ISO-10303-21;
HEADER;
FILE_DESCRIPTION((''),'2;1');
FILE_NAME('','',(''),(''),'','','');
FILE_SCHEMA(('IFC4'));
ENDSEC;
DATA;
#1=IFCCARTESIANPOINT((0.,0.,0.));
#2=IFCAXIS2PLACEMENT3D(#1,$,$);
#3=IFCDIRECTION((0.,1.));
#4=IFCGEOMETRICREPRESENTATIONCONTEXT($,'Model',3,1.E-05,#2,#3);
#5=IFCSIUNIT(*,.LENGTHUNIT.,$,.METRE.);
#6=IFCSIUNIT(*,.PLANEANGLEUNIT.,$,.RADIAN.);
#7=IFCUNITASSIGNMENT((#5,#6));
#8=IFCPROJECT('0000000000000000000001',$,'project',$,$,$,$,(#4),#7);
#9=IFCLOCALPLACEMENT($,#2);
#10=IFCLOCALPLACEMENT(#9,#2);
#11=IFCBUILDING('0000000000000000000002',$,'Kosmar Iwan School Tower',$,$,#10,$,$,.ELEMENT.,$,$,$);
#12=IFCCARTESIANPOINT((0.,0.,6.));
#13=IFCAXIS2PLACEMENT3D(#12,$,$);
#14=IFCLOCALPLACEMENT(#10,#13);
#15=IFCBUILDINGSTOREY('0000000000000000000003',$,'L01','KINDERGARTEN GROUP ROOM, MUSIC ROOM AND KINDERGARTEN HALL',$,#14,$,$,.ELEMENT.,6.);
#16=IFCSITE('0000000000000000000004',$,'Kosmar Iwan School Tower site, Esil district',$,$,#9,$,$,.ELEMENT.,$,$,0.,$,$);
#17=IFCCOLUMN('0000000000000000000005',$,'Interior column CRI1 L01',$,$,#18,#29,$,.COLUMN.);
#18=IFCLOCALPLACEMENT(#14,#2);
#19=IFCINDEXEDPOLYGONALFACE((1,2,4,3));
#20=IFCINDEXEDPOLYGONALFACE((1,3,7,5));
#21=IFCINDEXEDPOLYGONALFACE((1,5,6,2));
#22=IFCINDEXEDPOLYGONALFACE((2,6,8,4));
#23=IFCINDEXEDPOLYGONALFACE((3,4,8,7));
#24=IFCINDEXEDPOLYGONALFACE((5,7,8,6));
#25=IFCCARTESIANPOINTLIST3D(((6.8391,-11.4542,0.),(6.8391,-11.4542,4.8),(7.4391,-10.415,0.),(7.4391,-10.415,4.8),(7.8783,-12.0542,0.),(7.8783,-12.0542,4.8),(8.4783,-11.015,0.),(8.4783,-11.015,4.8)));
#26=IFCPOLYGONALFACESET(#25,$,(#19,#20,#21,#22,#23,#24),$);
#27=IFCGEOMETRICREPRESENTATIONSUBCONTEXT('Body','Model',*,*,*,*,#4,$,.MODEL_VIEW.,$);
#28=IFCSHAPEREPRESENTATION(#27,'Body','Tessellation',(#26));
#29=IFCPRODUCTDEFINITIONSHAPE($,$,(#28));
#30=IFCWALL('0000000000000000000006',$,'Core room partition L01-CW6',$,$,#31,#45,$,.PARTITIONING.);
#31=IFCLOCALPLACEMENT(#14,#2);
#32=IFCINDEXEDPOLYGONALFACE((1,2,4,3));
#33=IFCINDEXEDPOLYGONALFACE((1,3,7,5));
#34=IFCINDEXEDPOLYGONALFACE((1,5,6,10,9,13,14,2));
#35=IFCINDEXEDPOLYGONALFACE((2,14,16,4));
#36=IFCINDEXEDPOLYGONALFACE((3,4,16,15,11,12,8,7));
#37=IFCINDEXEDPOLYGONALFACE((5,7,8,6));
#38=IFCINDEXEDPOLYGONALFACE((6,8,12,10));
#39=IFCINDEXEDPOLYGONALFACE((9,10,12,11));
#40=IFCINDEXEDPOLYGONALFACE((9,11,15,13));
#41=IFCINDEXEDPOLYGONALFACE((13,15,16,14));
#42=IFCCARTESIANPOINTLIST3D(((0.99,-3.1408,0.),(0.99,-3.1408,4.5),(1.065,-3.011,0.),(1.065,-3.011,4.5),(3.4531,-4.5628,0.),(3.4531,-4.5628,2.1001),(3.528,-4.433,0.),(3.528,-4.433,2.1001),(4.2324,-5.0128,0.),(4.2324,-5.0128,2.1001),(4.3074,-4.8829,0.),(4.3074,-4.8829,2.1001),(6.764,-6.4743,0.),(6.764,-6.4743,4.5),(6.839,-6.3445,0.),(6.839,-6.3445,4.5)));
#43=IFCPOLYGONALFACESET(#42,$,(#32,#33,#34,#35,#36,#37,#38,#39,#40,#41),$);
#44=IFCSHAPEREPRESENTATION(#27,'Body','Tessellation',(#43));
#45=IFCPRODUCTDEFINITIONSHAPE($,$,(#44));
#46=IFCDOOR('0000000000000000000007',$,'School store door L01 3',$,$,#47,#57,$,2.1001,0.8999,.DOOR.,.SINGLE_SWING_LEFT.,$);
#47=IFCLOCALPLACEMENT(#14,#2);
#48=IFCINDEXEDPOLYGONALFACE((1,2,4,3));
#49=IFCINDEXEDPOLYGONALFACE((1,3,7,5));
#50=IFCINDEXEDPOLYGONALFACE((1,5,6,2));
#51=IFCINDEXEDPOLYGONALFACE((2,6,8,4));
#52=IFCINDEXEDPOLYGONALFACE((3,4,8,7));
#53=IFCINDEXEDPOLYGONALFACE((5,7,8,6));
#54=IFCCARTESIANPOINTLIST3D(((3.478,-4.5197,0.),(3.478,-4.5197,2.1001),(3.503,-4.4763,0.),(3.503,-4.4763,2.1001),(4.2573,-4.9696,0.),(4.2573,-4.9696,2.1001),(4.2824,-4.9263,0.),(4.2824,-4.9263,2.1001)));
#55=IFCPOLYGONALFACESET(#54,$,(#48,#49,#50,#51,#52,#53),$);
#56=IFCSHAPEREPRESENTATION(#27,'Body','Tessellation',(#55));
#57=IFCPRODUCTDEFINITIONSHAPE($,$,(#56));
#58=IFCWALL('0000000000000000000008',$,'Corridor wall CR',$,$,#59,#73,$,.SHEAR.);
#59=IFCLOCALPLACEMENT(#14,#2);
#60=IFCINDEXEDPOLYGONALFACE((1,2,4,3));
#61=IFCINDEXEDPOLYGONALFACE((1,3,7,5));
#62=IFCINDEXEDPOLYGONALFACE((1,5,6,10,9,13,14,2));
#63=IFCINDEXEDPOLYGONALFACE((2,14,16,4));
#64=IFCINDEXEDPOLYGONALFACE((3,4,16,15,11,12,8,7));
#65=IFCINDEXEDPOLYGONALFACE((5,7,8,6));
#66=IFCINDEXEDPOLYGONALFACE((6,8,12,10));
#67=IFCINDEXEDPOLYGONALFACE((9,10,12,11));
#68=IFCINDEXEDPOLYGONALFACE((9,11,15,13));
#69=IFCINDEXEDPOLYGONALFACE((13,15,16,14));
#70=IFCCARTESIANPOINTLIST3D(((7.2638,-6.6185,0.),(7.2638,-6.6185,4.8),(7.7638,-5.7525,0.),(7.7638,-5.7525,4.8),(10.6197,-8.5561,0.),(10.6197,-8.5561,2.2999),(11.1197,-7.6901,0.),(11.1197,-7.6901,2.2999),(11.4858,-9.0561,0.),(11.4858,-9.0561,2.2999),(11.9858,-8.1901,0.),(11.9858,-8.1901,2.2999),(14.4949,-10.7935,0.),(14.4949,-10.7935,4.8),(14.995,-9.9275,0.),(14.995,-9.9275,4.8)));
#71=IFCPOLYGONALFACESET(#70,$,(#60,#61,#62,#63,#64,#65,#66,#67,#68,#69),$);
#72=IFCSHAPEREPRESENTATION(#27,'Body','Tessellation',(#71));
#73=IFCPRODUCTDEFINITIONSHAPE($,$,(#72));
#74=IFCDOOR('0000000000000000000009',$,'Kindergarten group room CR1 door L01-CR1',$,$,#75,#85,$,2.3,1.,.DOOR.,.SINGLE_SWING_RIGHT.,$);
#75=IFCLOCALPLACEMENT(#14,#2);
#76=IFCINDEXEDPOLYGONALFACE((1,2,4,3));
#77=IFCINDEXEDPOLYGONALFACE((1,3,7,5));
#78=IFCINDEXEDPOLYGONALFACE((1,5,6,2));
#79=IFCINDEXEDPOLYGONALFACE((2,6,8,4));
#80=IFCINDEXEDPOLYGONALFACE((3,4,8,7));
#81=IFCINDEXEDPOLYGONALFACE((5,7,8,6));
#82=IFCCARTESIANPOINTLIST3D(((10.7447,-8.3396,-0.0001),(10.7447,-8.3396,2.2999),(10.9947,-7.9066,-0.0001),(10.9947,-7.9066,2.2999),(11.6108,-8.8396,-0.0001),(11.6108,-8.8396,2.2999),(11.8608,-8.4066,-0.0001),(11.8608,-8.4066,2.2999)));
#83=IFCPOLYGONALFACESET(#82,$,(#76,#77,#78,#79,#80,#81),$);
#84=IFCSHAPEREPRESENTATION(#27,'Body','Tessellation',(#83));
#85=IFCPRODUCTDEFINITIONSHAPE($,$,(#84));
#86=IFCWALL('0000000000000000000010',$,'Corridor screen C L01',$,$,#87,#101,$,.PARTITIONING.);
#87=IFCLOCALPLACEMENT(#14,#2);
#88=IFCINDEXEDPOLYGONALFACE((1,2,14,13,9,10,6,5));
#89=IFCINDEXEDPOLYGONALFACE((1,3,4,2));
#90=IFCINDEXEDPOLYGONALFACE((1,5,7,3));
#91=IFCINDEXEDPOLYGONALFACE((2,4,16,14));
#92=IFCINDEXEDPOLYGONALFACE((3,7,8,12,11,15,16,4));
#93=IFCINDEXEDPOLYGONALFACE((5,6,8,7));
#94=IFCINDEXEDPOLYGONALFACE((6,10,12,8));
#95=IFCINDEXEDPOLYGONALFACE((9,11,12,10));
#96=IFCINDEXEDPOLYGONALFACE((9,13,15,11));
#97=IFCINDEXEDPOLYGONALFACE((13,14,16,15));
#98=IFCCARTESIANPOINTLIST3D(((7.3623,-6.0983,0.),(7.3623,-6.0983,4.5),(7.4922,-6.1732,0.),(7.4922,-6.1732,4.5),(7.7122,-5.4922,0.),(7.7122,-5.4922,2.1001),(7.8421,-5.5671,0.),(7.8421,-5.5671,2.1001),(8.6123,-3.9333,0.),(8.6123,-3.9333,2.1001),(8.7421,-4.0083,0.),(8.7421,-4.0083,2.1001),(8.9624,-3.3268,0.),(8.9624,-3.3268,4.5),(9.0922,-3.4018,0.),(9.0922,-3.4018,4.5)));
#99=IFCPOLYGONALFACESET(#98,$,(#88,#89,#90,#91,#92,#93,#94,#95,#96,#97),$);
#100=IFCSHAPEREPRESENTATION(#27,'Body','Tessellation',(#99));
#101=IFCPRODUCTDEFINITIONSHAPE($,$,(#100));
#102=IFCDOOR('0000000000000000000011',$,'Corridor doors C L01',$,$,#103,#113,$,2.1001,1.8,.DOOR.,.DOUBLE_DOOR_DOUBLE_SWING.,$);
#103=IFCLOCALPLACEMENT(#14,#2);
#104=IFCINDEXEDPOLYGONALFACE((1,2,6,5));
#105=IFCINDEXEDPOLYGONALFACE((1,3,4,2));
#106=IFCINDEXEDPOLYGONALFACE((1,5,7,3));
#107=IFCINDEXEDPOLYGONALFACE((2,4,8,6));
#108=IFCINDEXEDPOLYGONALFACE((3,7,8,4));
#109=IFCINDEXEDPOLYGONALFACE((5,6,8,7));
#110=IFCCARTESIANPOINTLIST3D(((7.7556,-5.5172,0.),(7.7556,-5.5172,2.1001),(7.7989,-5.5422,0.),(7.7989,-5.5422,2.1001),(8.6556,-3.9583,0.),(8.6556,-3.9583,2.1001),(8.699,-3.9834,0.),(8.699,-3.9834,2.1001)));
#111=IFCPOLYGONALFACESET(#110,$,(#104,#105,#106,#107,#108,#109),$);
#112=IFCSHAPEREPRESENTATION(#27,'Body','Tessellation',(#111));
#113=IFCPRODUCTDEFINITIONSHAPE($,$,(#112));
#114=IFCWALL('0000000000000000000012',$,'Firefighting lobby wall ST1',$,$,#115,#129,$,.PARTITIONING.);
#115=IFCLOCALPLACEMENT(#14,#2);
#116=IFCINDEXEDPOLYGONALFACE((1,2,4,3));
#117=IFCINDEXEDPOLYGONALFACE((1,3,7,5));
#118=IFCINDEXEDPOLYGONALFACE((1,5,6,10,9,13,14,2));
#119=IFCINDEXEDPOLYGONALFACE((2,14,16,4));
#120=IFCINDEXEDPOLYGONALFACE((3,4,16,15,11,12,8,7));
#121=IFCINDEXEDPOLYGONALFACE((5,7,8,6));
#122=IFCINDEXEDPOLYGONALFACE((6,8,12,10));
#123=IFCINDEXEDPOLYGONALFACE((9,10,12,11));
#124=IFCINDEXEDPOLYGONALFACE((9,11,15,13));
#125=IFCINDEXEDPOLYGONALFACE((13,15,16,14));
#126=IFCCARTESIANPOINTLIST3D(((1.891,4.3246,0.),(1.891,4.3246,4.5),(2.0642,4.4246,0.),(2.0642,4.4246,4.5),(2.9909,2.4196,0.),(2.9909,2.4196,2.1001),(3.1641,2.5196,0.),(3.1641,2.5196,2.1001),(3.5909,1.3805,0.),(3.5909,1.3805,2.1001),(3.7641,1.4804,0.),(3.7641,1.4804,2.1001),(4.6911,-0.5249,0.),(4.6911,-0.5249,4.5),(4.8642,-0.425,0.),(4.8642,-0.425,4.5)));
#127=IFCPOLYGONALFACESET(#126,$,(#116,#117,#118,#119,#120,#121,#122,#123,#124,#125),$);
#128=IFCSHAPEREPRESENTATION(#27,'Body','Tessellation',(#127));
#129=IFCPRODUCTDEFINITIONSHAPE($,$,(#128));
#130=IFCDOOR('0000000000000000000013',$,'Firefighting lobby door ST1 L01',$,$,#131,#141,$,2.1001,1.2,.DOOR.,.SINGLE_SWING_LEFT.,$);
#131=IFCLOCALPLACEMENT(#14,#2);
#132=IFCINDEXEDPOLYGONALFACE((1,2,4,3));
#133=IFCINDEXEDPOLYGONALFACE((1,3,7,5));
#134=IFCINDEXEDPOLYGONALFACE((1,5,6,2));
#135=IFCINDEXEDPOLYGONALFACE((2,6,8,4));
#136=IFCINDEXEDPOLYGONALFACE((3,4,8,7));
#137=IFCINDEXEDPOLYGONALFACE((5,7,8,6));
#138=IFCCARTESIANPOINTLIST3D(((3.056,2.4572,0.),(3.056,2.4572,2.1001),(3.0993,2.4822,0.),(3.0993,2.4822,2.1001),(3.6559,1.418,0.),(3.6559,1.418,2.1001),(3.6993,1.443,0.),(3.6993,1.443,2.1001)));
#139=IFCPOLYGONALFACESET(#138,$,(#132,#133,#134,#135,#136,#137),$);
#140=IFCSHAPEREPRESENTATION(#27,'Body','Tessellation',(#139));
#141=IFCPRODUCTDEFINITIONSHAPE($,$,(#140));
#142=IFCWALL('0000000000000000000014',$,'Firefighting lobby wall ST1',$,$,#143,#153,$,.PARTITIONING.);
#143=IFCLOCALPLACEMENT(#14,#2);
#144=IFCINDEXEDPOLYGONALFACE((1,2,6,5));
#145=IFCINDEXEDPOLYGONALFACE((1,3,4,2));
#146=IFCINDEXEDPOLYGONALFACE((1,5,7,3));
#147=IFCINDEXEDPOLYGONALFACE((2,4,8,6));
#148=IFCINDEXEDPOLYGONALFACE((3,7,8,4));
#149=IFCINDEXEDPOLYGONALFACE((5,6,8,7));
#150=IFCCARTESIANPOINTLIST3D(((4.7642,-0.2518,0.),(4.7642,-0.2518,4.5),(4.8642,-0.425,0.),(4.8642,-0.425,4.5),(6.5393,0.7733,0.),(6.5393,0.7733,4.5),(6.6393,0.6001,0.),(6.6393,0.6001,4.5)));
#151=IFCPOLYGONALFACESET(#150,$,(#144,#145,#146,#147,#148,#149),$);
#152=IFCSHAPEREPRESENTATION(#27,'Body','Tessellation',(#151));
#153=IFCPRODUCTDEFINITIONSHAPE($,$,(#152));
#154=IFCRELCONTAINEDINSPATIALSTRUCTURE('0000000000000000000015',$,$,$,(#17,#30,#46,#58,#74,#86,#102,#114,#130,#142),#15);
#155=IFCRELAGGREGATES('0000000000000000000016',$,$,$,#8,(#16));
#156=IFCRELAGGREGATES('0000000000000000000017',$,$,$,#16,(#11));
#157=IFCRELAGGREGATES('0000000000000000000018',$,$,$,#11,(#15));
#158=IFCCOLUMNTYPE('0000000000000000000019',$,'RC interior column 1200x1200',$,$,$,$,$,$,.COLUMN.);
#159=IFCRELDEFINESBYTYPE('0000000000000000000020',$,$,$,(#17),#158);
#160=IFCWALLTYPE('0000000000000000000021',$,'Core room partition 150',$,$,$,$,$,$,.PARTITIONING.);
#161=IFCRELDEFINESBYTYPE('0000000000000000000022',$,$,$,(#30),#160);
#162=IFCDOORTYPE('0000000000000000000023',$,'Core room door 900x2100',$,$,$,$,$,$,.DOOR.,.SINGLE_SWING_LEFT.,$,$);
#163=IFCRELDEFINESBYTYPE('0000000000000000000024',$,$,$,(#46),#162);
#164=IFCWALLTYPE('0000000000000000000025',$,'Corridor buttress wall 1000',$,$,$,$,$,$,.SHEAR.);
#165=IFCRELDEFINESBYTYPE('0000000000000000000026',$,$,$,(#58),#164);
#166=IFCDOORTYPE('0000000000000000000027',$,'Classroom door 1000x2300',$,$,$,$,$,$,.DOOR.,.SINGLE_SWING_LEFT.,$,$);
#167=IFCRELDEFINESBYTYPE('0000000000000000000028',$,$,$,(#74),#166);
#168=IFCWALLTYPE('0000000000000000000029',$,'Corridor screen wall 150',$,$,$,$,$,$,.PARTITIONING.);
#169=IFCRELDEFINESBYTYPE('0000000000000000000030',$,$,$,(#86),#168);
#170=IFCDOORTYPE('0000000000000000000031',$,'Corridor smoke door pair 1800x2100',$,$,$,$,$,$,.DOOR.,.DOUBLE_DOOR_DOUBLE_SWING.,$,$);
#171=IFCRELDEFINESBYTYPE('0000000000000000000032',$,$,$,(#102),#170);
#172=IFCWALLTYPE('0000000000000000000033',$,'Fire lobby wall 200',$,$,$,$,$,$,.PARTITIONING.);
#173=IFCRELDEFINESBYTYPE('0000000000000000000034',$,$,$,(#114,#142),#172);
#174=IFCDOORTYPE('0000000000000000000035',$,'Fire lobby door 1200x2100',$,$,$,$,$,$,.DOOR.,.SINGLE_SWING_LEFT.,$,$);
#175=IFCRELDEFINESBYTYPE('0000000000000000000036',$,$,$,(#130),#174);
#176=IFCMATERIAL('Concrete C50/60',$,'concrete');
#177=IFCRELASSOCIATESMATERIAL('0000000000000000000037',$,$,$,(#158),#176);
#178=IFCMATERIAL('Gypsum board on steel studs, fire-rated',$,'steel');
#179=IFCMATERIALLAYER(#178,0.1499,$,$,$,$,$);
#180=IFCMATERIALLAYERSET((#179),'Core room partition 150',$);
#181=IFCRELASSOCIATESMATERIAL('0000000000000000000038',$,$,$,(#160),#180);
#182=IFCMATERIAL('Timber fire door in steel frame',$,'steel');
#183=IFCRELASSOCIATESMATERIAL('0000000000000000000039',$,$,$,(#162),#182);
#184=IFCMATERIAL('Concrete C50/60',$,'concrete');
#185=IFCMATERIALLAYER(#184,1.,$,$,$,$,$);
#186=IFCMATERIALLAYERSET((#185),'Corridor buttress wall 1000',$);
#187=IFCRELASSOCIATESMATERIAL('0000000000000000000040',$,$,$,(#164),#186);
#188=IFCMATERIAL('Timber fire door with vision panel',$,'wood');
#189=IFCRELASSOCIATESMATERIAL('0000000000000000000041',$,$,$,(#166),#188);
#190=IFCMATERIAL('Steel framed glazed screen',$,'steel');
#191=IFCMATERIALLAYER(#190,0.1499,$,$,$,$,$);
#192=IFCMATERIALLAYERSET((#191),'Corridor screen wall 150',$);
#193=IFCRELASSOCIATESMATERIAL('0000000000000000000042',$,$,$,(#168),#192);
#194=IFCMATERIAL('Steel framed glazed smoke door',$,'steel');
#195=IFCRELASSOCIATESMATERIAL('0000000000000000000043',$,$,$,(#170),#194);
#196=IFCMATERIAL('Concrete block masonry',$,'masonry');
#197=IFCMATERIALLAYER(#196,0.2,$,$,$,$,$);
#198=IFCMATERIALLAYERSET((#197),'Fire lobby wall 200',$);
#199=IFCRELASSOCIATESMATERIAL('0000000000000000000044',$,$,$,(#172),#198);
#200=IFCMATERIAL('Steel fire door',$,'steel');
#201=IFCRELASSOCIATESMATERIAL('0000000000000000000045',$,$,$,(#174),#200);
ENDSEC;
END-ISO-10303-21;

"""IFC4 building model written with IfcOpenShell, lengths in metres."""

from ifc_helpers import new_model, si_unit, direction, frame, frame_2d, origin, origin_2d, place, context, subcontext, project, spatial, rectangle, extrude, material, layer, layer_set, material_profile, profile_set, type_object, element, fill, save


model = new_model("IFC4")

# Units and contexts
model_context = context("Model", 3, precision=1e-05, world=origin(), true_north=direction((0.0, 1.0)))
body_context = subcontext(model_context, "Body", "Model", "MODEL_VIEW")
ifc_project = project(units=[si_unit("LENGTHUNIT", "METRE"), si_unit("PLANEANGLEUNIT", "RADIAN")], contexts=[model_context])

# Site, building, storey
site_placement = place(None, origin())
site = spatial("IfcSite", under=ifc_project, at=site_placement, Name="Kosmar Iwan School Tower site, Esil district", CompositionType="ELEMENT", RefElevation=0.0)
building_placement = place(site_placement, origin())
building = spatial("IfcBuilding", under=site, at=building_placement, Name="Kosmar Iwan School Tower", CompositionType="ELEMENT")
storey_placement = place(building_placement, frame((0.0, 0.0, 6.0)))
storey = spatial("IfcBuildingStorey", under=building, at=storey_placement, Name="L01", Description="KINDERGARTEN GROUP ROOM, MUSIC ROOM AND KINDERGARTEN HALL", CompositionType="ELEMENT", Elevation=6.0)

# Column
ifc_material_1 = material(Name="Concrete C50/60", Category="concrete")
ifc_material_profile = material_profile(ifc_material_1, rectangle(XDim=1.2, YDim=1.2, at=origin_2d()), Name="RC 1200x1200")
ifc_profile_set = profile_set([ifc_material_profile], Name="Concrete C50/60")
column_type = type_object("IfcColumnType", Name="RC interior column 1200x1200", PredefinedType="COLUMN", material=ifc_profile_set)
column_placement = place(storey_placement, frame((7.6587, -11.2346, 0.0), z_axis=(0.0, 0.0, 1.0), x_axis=(0.866025, -0.5, 0.0)))
element("IfcColumn", 1, at=column_placement, inside=storey, type_object=column_type, Name="Interior column CRI1 L01", PredefinedType="COLUMN", context=body_context, shape_type="SweptSolid", body=[
    extrude(rectangle(XDim=1.2, YDim=1.2, at=origin_2d()), origin(), (0.0, 0.0, 1.0), 4.8),
])

# Walls, openings, doors
ifc_material_2 = material(Name="Gypsum board on steel studs, fire-rated", Category="steel")
ifc_layer_1 = layer(ifc_material_2, 0.1499)
ifc_layer_set_1 = layer_set([ifc_layer_1], Name="Core room partition 150")
wall_type_1 = type_object("IfcWallType", Name="Core room partition 150", PredefinedType="PARTITIONING", material=ifc_layer_set_1)
wall_1_placement = place(storey_placement, frame((1.0276, -3.0759, 0.0), z_axis=(0.0, 0.0, 1.0), x_axis=(0.866031, -0.499991, 0.0)))
wall_1 = element("IfcWall", 2, at=wall_1_placement, inside=storey, type_object=wall_type_1, Name="Core room partition L01-CW6", PredefinedType="PARTITIONING", context=body_context, shape_type="SweptSolid", body=[
    extrude(rectangle(XDim=6.6672, YDim=0.1499, at=frame_2d((3.3335, 0.0))), origin(), (0.0, 0.0, 1.0), 4.5),
])
opening_1_placement = place(wall_1_placement, frame((2.844, 0.0, 0.0)))
opening_1 = element("IfcOpeningElement", 3, at=opening_1_placement, cuts=wall_1, PredefinedType="OPENING", context=body_context, shape_type="SweptSolid", body=[
    extrude(rectangle(XDim=0.8999, YDim=2.1001, at=frame_2d((0.45, 1.05))), frame((0.0, 0.0869, 0.0), z_axis=(0.0, -1.0, 0.0), x_axis=(1.0, 0.0, 0.0)), (0.0, 0.0, 1.0), 0.1738),
])
ifc_material_3 = material(Name="Timber fire door in steel frame", Category="steel")
door_type_1 = type_object("IfcDoorType", Name="Core room door 900x2100", OperationType="SINGLE_SWING_LEFT", PredefinedType="DOOR", material=ifc_material_3)
door_1_placement = place(opening_1_placement, origin())
door_1 = element("IfcDoor", 4, at=door_1_placement, inside=storey, type_object=door_type_1, Name="School store door L01 3", OperationType="SINGLE_SWING_LEFT", OverallHeight=2.1001, OverallWidth=0.8999, PredefinedType="DOOR", context=body_context, shape_type="SweptSolid", body=[
    extrude(rectangle(XDim=0.8999, YDim=2.1001, at=frame_2d((0.45, 1.05))), frame((0.0, 0.0249, 0.0), z_axis=(0.0, -1.0, 0.0), x_axis=(1.0, 0.0, 0.0)), (0.0, 0.0, 1.0), 0.05),
])
fill(opening_1, door_1)
ifc_material_4 = material(Name="Concrete C50/60", Category="concrete")
ifc_layer_2 = layer(ifc_material_4, 1.0)
ifc_layer_set_2 = layer_set([ifc_layer_2], Name="Corridor buttress wall 1000")
wall_type_2 = type_object("IfcWallType", Name="Corridor buttress wall 1000", PredefinedType="SHEAR", material=ifc_layer_set_2)
wall_2_placement = place(storey_placement, frame((7.5139, -6.1855, 0.0), z_axis=(0.0, 0.0, 1.0), x_axis=(0.86602, -0.50001, 0.0)))
wall_2 = element("IfcWall", 5, at=wall_2_placement, inside=storey, type_object=wall_type_2, Name="Corridor wall CR", PredefinedType="SHEAR", context=body_context, shape_type="SweptSolid", body=[
    extrude(rectangle(XDim=8.3499, YDim=1.0, at=frame_2d((4.1748, 0.0))), origin(), (0.0, 0.0, 1.0), 4.8),
])
opening_2_placement = place(wall_2_placement, frame((3.875, 0.0, 0.0)))
opening_2 = element("IfcOpeningElement", 6, at=opening_2_placement, cuts=wall_2, PredefinedType="OPENING", context=body_context, shape_type="SweptSolid", body=[
    extrude(rectangle(XDim=1.0, YDim=2.3, at=frame_2d((0.5, 1.1499))), frame((0.0, 0.512, 0.0), z_axis=(0.0, -1.0, 0.0), x_axis=(1.0, 0.0, 0.0)), (0.0, 0.0, 1.0), 1.0239),
])
ifc_material_5 = material(Name="Timber fire door with vision panel", Category="wood")
door_type_2 = type_object("IfcDoorType", Name="Classroom door 1000x2300", OperationType="SINGLE_SWING_LEFT", PredefinedType="DOOR", material=ifc_material_5)
door_2_placement = place(opening_2_placement, origin())
door_2 = element("IfcDoor", 7, at=door_2_placement, inside=storey, type_object=door_type_2, Name="Kindergarten group room CR1 door L01-CR1", OperationType="SINGLE_SWING_RIGHT", OverallHeight=2.3, OverallWidth=1.0, PredefinedType="DOOR", context=body_context, shape_type="SweptSolid", body=[
    extrude(rectangle(XDim=1.0, YDim=2.3, at=frame_2d((0.5, 1.1499))), frame((0.0, 0.25, 0.0), z_axis=(0.0, -1.0, 0.0), x_axis=(1.0, 0.0, 0.0)), (0.0, 0.0, 1.0), 0.5),
])
fill(opening_2, door_2)
ifc_material_6 = material(Name="Steel framed glazed screen", Category="steel")
ifc_layer_3 = layer(ifc_material_6, 0.1499)
ifc_layer_set_3 = layer_set([ifc_layer_3], Name="Corridor screen wall 150")
wall_type_3 = type_object("IfcWallType", Name="Corridor screen wall 150", PredefinedType="PARTITIONING", material=ifc_layer_set_3)
wall_3_placement = place(storey_placement, frame((7.4272, -6.1357, 0.0), z_axis=(0.0, 0.0, 1.0), x_axis=(0.499995, 0.866028, 0.0)))
wall_3 = element("IfcWall", 8, at=wall_3_placement, inside=storey, type_object=wall_type_3, Name="Corridor screen C L01", PredefinedType="PARTITIONING", context=body_context, shape_type="SweptSolid", body=[
    extrude(rectangle(XDim=3.2002, YDim=0.1499, at=frame_2d((1.6001, 0.0))), origin(), (0.0, 0.0, 1.0), 4.5),
])
opening_3_placement = place(wall_3_placement, frame((0.7, 0.0, 0.0)))
opening_3 = element("IfcOpeningElement", 9, at=opening_3_placement, cuts=wall_3, PredefinedType="OPENING", context=body_context, shape_type="SweptSolid", body=[
    extrude(rectangle(XDim=1.8, YDim=2.1001, at=frame_2d((0.8999, 1.05))), frame((0.0, 0.0869, 0.0), z_axis=(0.0, -1.0, 0.0), x_axis=(1.0, 0.0, 0.0)), (0.0, 0.0, 1.0), 0.1738),
])
ifc_material_7 = material(Name="Steel framed glazed smoke door", Category="steel")
door_type_3 = type_object("IfcDoorType", Name="Corridor smoke door pair 1800x2100", OperationType="DOUBLE_DOOR_DOUBLE_SWING", PredefinedType="DOOR", material=ifc_material_7)
door_3_placement = place(opening_3_placement, origin())
door_3 = element("IfcDoor", 10, at=door_3_placement, inside=storey, type_object=door_type_3, Name="Corridor doors C L01", OperationType="DOUBLE_DOOR_DOUBLE_SWING", OverallHeight=2.1001, OverallWidth=1.8, PredefinedType="DOOR", context=body_context, shape_type="SweptSolid", body=[
    extrude(rectangle(XDim=1.8, YDim=2.1001, at=frame_2d((0.8999, 1.05))), frame((0.0, 0.0249, 0.0), z_axis=(0.0, -1.0, 0.0), x_axis=(1.0, 0.0, 0.0)), (0.0, 0.0, 1.0), 0.05),
])
fill(opening_3, door_3)
ifc_material_8 = material(Name="Concrete block masonry", Category="masonry")
ifc_layer_4 = layer(ifc_material_8, 0.2)
ifc_layer_set_4 = layer_set([ifc_layer_4], Name="Fire lobby wall 200")
wall_type_4 = type_object("IfcWallType", Name="Fire lobby wall 200", PredefinedType="PARTITIONING", material=ifc_layer_set_4)
wall_4_placement = place(storey_placement, frame((4.7776, -0.4749, 0.0), z_axis=(0.0, 0.0, 1.0), x_axis=(-0.500017, 0.866016, 0.0)))
wall_4 = element("IfcWall", 11, at=wall_4_placement, inside=storey, type_object=wall_type_4, Name="Firefighting lobby wall ST1", PredefinedType="PARTITIONING", context=body_context, shape_type="SweptSolid", body=[
    extrude(rectangle(XDim=5.5999, YDim=0.2, at=frame_2d((2.7998, 0.0))), origin(), (0.0, 0.0, 1.0), 4.5),
])
opening_4_placement = place(wall_4_placement, frame((2.2, 0.0, 0.0)))
opening_4 = element("IfcOpeningElement", 12, at=opening_4_placement, cuts=wall_4, PredefinedType="OPENING", context=body_context, shape_type="SweptSolid", body=[
    extrude(rectangle(XDim=1.2, YDim=2.1001, at=frame_2d((0.6001, 1.05))), frame((0.0, 0.1121, 0.0), z_axis=(0.0, -1.0, 0.0), x_axis=(1.0, 0.0, 0.0)), (0.0, 0.0, 1.0), 0.2239),
])
ifc_material_9 = material(Name="Steel fire door", Category="steel")
door_type_4 = type_object("IfcDoorType", Name="Fire lobby door 1200x2100", OperationType="SINGLE_SWING_LEFT", PredefinedType="DOOR", material=ifc_material_9)
door_4_placement = place(opening_4_placement, origin())
door_4 = element("IfcDoor", 13, at=door_4_placement, inside=storey, type_object=door_type_4, Name="Firefighting lobby door ST1 L01", OperationType="SINGLE_SWING_LEFT", OverallHeight=2.1001, OverallWidth=1.2, PredefinedType="DOOR", context=body_context, shape_type="SweptSolid", body=[
    extrude(rectangle(XDim=1.2, YDim=2.1001, at=frame_2d((0.6001, 1.05))), frame((0.0, 0.0249, 0.0), z_axis=(0.0, -1.0, 0.0), x_axis=(1.0, 0.0, 0.0)), (0.0, 0.0, 1.0), 0.05),
])
fill(opening_4, door_4)

# Wall
wall_5_placement = place(storey_placement, frame((4.8142, -0.3384, 0.0), z_axis=(0.0, 0.0, 1.0), x_axis=(0.865969, 0.500097, 0.0)))
element("IfcWall", 14, at=wall_5_placement, inside=storey, type_object=wall_type_4, Name="Firefighting lobby wall ST1", PredefinedType="PARTITIONING", context=body_context, shape_type="SweptSolid", body=[
    extrude(rectangle(XDim=2.0498, YDim=0.2, at=frame_2d((1.0249, 0.0))), origin(), (0.0, 0.0, 1.0), 4.5),
])

save(model, "model.ifc")
